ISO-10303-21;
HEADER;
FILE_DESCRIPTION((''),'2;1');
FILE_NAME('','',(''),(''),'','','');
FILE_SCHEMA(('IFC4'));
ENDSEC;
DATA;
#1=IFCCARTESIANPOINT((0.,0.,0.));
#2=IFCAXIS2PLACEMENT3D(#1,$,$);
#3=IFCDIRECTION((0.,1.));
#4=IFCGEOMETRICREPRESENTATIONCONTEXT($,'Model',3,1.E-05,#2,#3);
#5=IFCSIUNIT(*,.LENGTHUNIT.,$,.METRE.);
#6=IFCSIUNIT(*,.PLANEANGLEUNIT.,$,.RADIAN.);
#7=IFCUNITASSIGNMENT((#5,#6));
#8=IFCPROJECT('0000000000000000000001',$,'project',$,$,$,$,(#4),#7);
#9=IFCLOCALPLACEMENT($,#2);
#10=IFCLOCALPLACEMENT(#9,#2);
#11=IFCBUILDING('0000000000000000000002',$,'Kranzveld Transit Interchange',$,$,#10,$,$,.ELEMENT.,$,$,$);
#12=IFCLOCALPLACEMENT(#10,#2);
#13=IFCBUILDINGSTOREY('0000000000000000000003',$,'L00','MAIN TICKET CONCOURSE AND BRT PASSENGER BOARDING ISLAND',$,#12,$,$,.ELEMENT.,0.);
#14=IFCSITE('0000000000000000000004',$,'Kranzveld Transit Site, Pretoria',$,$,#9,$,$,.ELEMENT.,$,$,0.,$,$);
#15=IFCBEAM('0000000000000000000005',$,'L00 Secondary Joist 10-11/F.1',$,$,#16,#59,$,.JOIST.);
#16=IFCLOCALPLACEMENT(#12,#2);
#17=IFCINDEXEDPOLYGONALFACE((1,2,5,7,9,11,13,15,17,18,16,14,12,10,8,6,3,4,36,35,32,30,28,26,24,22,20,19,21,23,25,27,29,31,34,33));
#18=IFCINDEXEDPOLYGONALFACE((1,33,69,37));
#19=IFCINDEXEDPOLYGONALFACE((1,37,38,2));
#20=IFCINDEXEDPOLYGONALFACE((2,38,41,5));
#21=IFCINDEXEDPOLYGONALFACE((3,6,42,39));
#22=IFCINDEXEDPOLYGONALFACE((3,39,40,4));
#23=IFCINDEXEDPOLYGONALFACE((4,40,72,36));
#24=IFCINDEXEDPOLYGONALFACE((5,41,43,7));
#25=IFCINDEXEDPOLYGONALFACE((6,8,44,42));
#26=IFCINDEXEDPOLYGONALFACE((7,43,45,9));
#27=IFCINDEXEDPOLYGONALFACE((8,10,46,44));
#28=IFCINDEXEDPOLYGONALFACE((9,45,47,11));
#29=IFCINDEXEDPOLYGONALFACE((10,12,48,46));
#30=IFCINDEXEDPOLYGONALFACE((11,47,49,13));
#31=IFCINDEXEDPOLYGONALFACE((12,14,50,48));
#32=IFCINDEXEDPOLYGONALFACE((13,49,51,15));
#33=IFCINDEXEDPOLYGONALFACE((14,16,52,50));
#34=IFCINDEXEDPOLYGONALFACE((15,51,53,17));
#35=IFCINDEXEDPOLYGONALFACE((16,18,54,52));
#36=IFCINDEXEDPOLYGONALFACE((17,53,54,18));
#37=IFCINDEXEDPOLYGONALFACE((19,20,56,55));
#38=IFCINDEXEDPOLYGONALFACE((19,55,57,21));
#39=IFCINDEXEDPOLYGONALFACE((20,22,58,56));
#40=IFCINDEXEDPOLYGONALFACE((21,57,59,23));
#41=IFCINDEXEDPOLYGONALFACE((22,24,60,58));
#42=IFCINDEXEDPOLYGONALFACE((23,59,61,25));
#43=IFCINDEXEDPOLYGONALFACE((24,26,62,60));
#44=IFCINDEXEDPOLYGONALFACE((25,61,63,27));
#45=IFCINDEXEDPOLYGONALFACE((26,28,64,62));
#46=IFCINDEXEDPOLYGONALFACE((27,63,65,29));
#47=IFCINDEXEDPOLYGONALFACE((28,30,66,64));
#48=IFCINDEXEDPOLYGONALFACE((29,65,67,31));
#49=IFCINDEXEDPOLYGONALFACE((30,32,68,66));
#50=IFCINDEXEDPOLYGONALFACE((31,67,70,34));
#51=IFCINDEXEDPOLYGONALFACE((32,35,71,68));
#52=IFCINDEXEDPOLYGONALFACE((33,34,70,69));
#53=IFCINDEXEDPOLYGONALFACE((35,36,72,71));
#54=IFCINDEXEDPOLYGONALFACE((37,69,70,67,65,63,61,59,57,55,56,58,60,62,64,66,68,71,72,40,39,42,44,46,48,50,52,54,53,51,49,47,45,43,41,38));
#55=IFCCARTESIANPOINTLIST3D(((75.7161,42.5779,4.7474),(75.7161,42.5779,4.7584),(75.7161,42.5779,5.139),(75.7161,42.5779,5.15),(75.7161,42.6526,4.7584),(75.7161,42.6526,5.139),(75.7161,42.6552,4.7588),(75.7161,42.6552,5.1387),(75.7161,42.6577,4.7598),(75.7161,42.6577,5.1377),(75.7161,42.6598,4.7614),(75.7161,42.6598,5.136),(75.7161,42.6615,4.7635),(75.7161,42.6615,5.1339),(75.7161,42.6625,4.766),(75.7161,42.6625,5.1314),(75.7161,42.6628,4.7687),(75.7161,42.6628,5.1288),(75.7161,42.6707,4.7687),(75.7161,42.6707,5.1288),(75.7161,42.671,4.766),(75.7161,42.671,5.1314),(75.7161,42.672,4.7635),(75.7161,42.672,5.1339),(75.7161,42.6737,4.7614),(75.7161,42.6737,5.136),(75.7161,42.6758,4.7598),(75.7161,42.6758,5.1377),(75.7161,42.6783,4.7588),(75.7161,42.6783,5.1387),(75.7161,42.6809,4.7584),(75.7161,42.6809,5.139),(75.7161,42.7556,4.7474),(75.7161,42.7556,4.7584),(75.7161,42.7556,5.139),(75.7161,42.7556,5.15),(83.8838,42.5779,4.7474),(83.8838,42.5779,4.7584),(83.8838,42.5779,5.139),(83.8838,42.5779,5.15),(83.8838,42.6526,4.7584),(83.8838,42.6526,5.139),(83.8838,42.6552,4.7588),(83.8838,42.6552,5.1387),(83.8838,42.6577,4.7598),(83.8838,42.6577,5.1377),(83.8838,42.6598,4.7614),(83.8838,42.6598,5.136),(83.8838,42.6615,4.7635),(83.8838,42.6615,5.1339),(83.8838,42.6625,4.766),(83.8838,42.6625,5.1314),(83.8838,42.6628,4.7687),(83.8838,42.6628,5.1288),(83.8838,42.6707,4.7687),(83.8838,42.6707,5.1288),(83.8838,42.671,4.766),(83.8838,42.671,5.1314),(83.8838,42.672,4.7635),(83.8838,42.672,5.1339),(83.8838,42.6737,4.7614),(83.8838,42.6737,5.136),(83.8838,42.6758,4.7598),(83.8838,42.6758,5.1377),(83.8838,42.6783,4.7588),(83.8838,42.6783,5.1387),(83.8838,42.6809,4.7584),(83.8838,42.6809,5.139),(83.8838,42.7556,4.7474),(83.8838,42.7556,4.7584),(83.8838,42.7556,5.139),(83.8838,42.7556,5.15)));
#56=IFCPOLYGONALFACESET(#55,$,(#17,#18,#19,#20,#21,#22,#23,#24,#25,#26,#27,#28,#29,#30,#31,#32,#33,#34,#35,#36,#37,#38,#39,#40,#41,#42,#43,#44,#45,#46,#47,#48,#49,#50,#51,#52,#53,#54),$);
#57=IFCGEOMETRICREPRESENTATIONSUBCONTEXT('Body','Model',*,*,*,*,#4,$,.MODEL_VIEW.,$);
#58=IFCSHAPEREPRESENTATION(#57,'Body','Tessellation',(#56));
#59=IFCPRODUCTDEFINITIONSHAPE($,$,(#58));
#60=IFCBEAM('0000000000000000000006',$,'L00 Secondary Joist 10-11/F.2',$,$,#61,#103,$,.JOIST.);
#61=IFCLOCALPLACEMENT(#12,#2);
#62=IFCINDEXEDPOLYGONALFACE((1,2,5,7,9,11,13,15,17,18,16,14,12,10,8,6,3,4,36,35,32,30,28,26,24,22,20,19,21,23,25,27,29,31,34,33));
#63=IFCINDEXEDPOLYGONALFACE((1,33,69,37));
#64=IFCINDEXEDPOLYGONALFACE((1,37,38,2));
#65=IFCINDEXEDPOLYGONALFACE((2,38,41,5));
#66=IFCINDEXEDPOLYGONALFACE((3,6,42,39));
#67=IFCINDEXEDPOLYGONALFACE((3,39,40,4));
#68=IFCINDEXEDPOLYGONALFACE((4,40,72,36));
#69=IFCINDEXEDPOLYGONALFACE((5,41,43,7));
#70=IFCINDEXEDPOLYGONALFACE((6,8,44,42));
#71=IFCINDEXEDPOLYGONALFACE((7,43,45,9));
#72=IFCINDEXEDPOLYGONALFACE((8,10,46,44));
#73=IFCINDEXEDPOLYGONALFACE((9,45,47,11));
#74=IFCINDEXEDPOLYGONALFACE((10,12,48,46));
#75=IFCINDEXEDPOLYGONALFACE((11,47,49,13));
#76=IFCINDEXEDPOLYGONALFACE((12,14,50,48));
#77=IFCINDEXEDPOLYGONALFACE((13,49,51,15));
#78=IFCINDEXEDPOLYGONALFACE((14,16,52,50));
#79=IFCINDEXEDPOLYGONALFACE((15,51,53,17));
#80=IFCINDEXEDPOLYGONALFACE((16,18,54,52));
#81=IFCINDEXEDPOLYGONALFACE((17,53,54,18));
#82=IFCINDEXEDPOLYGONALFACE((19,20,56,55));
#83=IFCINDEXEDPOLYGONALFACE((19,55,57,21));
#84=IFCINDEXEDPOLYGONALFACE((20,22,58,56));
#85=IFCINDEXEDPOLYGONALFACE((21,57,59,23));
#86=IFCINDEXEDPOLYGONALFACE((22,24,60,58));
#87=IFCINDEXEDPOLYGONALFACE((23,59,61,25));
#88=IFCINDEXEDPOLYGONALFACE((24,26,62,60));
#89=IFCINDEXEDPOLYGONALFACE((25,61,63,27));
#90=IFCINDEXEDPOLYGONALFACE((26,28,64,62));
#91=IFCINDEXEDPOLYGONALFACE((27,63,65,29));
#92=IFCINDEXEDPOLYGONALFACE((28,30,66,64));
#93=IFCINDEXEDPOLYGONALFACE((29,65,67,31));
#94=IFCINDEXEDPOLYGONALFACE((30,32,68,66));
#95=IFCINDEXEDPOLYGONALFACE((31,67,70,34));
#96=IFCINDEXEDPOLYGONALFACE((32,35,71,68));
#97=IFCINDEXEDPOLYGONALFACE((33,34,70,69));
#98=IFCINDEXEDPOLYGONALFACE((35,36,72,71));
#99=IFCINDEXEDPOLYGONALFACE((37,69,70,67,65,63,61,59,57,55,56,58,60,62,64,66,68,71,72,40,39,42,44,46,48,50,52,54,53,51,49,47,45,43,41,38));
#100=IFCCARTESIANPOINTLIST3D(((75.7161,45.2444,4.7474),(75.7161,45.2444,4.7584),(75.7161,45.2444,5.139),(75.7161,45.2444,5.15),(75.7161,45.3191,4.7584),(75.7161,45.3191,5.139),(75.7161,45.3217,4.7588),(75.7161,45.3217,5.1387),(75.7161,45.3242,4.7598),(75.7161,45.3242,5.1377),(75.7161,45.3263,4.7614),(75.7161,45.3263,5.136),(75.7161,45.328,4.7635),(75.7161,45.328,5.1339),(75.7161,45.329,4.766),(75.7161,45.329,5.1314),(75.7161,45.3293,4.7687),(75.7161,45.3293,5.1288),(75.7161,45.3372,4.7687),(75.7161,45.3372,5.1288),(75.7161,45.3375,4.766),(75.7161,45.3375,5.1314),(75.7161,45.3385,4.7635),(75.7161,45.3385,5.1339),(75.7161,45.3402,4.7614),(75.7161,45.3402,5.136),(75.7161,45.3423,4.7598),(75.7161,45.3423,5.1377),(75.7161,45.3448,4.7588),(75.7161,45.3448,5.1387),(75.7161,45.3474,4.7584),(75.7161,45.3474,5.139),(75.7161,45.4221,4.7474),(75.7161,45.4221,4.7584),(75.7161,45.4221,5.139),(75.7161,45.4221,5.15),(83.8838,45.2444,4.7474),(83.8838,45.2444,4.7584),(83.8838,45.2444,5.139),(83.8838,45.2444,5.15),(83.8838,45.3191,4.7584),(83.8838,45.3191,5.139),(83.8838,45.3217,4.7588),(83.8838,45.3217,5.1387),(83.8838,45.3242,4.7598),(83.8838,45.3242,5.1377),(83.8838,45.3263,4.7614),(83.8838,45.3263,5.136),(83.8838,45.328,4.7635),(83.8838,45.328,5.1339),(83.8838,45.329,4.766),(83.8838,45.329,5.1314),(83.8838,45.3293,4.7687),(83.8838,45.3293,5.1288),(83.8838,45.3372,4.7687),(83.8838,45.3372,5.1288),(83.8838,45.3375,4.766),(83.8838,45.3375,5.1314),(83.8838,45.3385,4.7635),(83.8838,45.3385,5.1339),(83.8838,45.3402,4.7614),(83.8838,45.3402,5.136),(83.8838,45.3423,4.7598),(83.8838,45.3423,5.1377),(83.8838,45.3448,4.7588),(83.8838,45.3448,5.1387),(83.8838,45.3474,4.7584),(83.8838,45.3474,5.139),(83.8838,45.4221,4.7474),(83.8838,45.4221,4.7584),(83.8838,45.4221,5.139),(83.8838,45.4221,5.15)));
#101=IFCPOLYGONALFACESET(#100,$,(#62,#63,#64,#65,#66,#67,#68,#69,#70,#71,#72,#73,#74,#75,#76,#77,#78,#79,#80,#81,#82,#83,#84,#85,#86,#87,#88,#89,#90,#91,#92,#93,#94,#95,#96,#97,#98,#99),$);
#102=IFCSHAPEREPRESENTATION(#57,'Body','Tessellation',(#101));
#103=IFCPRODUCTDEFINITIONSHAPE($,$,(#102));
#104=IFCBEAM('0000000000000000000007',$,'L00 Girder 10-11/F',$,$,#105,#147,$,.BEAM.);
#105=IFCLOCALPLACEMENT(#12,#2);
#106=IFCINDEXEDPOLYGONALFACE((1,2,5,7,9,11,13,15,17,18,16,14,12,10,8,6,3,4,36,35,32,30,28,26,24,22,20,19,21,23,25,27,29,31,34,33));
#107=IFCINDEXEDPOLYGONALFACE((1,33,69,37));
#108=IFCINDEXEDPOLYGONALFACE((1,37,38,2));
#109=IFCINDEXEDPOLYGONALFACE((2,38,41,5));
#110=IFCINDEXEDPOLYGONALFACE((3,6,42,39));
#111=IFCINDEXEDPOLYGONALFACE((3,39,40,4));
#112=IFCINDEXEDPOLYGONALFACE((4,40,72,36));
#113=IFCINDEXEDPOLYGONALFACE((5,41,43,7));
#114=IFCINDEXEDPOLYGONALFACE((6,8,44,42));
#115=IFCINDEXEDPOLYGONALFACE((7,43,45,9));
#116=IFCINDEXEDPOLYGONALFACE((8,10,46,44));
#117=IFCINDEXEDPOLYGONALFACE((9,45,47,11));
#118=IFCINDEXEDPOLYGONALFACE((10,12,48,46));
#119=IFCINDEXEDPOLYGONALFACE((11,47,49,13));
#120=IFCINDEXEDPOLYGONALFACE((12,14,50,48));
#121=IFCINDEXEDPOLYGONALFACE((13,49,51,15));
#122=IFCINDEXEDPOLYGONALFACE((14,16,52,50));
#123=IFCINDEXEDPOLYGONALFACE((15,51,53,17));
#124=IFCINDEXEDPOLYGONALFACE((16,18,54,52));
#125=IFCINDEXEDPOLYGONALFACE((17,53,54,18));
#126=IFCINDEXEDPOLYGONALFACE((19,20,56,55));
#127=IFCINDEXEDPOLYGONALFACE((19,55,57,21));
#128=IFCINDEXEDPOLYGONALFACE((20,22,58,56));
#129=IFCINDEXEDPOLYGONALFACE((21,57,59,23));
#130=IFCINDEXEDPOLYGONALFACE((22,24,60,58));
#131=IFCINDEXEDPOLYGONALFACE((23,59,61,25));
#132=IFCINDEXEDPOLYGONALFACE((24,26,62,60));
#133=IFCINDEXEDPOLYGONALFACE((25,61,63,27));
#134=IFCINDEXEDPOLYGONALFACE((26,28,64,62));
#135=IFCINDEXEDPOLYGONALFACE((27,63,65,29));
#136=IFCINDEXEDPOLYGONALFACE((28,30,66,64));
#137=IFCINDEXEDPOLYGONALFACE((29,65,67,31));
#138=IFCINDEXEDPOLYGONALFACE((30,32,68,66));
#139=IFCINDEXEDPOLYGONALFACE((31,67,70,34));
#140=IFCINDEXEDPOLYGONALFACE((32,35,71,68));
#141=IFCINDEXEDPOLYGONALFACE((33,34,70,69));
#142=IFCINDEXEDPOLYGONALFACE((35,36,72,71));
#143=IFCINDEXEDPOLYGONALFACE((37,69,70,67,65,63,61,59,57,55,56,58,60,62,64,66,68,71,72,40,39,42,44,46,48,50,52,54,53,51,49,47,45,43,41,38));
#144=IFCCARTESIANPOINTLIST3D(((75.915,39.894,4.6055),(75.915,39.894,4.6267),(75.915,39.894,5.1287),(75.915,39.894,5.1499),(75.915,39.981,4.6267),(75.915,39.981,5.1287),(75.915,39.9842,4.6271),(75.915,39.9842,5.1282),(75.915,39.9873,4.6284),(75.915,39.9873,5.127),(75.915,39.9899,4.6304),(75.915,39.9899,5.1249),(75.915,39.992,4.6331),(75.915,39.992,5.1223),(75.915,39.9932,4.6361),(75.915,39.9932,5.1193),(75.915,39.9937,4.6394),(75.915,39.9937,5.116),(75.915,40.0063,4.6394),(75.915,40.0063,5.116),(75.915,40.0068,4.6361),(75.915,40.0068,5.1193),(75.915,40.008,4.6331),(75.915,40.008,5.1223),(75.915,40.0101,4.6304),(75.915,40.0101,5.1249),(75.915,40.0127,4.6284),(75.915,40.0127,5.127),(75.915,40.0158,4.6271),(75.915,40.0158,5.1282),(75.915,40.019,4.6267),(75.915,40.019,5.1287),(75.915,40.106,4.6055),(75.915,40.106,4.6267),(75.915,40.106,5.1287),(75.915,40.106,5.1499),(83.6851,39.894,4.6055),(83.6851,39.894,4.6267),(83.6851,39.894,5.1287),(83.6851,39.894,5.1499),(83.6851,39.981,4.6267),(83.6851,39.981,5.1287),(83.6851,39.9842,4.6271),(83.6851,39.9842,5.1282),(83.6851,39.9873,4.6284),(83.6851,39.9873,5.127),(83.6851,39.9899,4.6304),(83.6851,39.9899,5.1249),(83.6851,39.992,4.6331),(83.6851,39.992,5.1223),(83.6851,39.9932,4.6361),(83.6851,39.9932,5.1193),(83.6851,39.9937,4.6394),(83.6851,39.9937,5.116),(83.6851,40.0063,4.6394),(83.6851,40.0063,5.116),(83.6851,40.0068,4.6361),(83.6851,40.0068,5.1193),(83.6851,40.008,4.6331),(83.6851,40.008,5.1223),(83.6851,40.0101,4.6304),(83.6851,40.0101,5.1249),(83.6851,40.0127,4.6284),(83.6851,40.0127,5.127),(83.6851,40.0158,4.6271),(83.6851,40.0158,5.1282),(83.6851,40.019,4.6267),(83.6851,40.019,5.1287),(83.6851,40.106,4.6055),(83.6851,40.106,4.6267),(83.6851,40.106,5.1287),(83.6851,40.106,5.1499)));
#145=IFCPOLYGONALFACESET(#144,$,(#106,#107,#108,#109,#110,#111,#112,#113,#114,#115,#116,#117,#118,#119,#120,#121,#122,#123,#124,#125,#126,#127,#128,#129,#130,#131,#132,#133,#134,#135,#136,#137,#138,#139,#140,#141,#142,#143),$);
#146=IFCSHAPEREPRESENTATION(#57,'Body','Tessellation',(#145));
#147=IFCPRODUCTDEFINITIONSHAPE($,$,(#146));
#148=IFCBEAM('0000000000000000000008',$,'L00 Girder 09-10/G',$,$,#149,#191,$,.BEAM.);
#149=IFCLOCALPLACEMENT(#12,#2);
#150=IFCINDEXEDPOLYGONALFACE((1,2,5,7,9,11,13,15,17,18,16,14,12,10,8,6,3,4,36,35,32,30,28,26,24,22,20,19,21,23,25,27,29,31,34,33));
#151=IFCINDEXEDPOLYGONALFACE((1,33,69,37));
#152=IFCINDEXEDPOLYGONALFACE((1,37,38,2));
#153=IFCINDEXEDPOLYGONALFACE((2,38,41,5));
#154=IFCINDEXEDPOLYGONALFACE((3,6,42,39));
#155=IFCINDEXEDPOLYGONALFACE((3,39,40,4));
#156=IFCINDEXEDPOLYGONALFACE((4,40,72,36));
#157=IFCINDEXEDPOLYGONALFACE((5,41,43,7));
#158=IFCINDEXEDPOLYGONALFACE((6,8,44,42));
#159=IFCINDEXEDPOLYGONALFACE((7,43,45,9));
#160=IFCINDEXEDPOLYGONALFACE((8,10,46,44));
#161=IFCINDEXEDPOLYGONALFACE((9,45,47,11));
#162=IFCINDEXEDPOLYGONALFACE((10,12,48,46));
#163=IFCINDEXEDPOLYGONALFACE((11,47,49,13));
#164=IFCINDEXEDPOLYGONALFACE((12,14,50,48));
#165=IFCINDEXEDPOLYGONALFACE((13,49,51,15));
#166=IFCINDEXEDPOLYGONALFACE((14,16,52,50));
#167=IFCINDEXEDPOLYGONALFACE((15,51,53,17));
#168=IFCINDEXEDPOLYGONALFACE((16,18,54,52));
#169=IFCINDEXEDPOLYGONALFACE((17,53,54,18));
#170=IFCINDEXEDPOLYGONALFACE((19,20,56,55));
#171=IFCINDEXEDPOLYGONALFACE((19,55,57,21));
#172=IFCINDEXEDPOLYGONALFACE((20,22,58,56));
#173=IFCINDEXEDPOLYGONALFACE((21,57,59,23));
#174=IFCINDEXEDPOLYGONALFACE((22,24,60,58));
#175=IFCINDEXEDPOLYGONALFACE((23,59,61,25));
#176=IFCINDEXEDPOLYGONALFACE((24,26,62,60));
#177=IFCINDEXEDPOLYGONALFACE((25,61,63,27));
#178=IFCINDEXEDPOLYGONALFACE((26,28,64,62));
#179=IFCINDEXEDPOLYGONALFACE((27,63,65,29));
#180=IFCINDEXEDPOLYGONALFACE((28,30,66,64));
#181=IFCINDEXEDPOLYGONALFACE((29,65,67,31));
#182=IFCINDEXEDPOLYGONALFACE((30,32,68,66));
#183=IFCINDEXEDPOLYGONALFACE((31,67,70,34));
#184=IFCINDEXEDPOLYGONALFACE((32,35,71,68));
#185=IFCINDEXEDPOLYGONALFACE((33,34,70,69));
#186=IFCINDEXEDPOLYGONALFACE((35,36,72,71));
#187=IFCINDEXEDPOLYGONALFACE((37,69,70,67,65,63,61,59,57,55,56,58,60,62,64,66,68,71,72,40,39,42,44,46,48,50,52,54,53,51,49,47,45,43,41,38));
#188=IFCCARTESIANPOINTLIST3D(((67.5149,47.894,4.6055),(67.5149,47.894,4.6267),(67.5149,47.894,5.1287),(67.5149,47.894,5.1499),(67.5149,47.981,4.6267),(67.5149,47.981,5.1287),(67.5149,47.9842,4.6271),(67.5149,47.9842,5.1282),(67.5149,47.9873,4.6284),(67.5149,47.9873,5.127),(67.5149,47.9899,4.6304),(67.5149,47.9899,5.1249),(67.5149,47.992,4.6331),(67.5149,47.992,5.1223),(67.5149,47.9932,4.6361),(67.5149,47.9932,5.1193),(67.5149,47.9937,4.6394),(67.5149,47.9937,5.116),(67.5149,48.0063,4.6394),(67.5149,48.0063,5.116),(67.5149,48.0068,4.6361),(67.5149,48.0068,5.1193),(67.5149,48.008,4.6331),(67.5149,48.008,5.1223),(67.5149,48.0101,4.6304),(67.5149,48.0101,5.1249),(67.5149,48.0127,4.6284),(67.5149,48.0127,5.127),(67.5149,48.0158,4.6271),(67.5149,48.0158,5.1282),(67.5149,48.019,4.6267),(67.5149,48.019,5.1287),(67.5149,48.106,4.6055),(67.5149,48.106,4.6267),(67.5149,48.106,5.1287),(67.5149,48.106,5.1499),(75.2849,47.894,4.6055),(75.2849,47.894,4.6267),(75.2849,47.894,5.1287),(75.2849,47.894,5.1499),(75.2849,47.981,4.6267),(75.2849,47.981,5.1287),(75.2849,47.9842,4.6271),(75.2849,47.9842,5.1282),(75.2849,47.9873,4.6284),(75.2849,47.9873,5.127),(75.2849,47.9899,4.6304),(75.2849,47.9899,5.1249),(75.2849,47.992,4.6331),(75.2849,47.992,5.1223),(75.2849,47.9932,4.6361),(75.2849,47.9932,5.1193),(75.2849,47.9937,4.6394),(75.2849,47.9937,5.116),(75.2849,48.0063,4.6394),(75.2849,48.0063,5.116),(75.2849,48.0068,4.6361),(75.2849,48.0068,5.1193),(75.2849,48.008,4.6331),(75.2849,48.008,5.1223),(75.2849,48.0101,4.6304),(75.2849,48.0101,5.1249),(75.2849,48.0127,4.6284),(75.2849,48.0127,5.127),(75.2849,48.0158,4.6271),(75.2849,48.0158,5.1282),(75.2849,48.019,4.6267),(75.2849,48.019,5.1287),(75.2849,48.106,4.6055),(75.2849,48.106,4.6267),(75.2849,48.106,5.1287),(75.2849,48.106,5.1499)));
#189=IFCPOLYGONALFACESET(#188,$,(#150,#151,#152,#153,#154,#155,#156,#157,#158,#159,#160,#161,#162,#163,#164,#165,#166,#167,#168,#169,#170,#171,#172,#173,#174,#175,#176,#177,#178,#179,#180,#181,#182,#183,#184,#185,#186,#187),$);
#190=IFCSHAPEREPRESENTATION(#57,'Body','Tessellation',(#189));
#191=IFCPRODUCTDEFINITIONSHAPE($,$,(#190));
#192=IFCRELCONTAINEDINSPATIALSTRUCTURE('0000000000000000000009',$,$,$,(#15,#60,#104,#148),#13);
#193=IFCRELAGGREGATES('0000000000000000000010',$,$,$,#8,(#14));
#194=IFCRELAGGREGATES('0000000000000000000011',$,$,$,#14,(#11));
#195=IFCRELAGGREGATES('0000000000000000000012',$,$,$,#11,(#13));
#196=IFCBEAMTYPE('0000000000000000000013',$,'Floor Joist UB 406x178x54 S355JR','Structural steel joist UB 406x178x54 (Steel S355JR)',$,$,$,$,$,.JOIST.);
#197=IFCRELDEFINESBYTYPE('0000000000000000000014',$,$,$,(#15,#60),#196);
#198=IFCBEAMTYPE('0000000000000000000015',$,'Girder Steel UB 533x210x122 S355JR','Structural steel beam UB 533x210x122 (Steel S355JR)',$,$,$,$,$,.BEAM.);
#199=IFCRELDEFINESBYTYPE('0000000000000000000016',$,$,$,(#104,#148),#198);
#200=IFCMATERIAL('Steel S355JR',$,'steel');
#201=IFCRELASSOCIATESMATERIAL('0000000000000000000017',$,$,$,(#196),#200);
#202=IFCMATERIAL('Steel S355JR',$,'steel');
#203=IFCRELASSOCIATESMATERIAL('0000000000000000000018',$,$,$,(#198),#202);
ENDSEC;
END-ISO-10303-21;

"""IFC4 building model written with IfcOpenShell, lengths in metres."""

from ifc_helpers import new_model, si_unit, direction, frame, origin, origin_2d, place, context, subcontext, project, spatial, i_section, extrude, material, material_profile, profile_set, type_object, element, save


model = new_model("IFC4")

# Units and contexts
model_context = context("Model", 3, precision=1e-05, world=origin(), true_north=direction((0.0, 1.0)))
body_context = subcontext(model_context, "Body", "Model", "MODEL_VIEW")
ifc_project = project(units=[si_unit("LENGTHUNIT", "METRE"), si_unit("PLANEANGLEUNIT", "RADIAN")], contexts=[model_context])

# Site, building, storey
site_placement = place(None, origin())
site = spatial("IfcSite", under=ifc_project, at=site_placement, Name="Kranzveld Transit Site, Pretoria", CompositionType="ELEMENT", RefElevation=0.0)
building_placement = place(site_placement, origin())
building = spatial("IfcBuilding", under=site, at=building_placement, Name="Kranzveld Transit Interchange", CompositionType="ELEMENT")
storey_placement = place(building_placement, origin())
storey = spatial("IfcBuildingStorey", under=building, at=storey_placement, Name="L00", Description="MAIN TICKET CONCOURSE AND BRT PASSENGER BOARDING ISLAND", CompositionType="ELEMENT", Elevation=0.0)

# Beams
ifc_material_1 = material(Name="Steel S355JR", Category="steel")
ifc_material_profile_1 = material_profile(ifc_material_1, i_section(OverallWidth=0.1777, OverallDepth=0.4026, WebThickness=0.0078, FlangeThickness=0.011, FilletRadius=0.0103, at=origin_2d()), Name="UB 406x178x54")
ifc_profile_set_1 = profile_set([ifc_material_profile_1], Name="Steel S355JR")
beam_type_1 = type_object("IfcBeamType", Name="Floor Joist UB 406x178x54 S355JR", Description="Structural steel joist UB 406x178x54 (Steel S355JR)", PredefinedType="JOIST", material=ifc_profile_set_1)
for number, where, z_axis, x_axis, name in (
    (1, (75.7161, 42.6667, 4.9487), (1.0, 0.0, 0.0), (0.0, 1.0, 0.0), "L00 Secondary Joist 10-11/F.1"),
    (2, (75.7161, 45.3333, 4.9487), (1.0, 0.0, 0.0), (0.0, 1.0, 0.0), "L00 Secondary Joist 10-11/F.2"),
):
    element("IfcBeam", number, at=place(storey_placement, frame(where, z_axis=z_axis, x_axis=x_axis)), inside=storey, type_object=beam_type_1, Name=name, PredefinedType="JOIST", context=body_context, shape_type="SweptSolid", body=[
        extrude(i_section(OverallWidth=0.1777, OverallDepth=0.4026, WebThickness=0.0078, FlangeThickness=0.011, FilletRadius=0.0103, at=origin_2d()), origin(), (0.0, 0.0, 1.0), 8.1677),
    ])
ifc_material_2 = material(Name="Steel S355JR", Category="steel")
ifc_material_profile_2 = material_profile(ifc_material_2, i_section(OverallWidth=0.2119, OverallDepth=0.5444, WebThickness=0.0127, FlangeThickness=0.0212, FilletRadius=0.0127, at=origin_2d()), Name="UB 533x210x122")
ifc_profile_set_2 = profile_set([ifc_material_profile_2], Name="Steel S355JR")
beam_type_2 = type_object("IfcBeamType", Name="Girder Steel UB 533x210x122 S355JR", Description="Structural steel beam UB 533x210x122 (Steel S355JR)", PredefinedType="BEAM", material=ifc_profile_set_2)
for number, where, z_axis, x_axis, name in (
    (3, (75.915, 40.0, 4.8777), (1.0, 0.0, 0.0), (0.0, 1.0, 0.0), "L00 Girder 10-11/F"),
    (4, (67.5149, 48.0, 4.8777), (1.0, 0.0, 0.0), (0.0, 1.0, 0.0), "L00 Girder 09-10/G"),
):
    element("IfcBeam", number, at=place(storey_placement, frame(where, z_axis=z_axis, x_axis=x_axis)), inside=storey, type_object=beam_type_2, Name=name, PredefinedType="BEAM", context=body_context, shape_type="SweptSolid", body=[
        extrude(i_section(OverallWidth=0.2119, OverallDepth=0.5444, WebThickness=0.0127, FlangeThickness=0.0212, FilletRadius=0.0127, at=origin_2d()), origin(), (0.0, 0.0, 1.0), 7.77),
    ])

save(model, "model.ifc")
